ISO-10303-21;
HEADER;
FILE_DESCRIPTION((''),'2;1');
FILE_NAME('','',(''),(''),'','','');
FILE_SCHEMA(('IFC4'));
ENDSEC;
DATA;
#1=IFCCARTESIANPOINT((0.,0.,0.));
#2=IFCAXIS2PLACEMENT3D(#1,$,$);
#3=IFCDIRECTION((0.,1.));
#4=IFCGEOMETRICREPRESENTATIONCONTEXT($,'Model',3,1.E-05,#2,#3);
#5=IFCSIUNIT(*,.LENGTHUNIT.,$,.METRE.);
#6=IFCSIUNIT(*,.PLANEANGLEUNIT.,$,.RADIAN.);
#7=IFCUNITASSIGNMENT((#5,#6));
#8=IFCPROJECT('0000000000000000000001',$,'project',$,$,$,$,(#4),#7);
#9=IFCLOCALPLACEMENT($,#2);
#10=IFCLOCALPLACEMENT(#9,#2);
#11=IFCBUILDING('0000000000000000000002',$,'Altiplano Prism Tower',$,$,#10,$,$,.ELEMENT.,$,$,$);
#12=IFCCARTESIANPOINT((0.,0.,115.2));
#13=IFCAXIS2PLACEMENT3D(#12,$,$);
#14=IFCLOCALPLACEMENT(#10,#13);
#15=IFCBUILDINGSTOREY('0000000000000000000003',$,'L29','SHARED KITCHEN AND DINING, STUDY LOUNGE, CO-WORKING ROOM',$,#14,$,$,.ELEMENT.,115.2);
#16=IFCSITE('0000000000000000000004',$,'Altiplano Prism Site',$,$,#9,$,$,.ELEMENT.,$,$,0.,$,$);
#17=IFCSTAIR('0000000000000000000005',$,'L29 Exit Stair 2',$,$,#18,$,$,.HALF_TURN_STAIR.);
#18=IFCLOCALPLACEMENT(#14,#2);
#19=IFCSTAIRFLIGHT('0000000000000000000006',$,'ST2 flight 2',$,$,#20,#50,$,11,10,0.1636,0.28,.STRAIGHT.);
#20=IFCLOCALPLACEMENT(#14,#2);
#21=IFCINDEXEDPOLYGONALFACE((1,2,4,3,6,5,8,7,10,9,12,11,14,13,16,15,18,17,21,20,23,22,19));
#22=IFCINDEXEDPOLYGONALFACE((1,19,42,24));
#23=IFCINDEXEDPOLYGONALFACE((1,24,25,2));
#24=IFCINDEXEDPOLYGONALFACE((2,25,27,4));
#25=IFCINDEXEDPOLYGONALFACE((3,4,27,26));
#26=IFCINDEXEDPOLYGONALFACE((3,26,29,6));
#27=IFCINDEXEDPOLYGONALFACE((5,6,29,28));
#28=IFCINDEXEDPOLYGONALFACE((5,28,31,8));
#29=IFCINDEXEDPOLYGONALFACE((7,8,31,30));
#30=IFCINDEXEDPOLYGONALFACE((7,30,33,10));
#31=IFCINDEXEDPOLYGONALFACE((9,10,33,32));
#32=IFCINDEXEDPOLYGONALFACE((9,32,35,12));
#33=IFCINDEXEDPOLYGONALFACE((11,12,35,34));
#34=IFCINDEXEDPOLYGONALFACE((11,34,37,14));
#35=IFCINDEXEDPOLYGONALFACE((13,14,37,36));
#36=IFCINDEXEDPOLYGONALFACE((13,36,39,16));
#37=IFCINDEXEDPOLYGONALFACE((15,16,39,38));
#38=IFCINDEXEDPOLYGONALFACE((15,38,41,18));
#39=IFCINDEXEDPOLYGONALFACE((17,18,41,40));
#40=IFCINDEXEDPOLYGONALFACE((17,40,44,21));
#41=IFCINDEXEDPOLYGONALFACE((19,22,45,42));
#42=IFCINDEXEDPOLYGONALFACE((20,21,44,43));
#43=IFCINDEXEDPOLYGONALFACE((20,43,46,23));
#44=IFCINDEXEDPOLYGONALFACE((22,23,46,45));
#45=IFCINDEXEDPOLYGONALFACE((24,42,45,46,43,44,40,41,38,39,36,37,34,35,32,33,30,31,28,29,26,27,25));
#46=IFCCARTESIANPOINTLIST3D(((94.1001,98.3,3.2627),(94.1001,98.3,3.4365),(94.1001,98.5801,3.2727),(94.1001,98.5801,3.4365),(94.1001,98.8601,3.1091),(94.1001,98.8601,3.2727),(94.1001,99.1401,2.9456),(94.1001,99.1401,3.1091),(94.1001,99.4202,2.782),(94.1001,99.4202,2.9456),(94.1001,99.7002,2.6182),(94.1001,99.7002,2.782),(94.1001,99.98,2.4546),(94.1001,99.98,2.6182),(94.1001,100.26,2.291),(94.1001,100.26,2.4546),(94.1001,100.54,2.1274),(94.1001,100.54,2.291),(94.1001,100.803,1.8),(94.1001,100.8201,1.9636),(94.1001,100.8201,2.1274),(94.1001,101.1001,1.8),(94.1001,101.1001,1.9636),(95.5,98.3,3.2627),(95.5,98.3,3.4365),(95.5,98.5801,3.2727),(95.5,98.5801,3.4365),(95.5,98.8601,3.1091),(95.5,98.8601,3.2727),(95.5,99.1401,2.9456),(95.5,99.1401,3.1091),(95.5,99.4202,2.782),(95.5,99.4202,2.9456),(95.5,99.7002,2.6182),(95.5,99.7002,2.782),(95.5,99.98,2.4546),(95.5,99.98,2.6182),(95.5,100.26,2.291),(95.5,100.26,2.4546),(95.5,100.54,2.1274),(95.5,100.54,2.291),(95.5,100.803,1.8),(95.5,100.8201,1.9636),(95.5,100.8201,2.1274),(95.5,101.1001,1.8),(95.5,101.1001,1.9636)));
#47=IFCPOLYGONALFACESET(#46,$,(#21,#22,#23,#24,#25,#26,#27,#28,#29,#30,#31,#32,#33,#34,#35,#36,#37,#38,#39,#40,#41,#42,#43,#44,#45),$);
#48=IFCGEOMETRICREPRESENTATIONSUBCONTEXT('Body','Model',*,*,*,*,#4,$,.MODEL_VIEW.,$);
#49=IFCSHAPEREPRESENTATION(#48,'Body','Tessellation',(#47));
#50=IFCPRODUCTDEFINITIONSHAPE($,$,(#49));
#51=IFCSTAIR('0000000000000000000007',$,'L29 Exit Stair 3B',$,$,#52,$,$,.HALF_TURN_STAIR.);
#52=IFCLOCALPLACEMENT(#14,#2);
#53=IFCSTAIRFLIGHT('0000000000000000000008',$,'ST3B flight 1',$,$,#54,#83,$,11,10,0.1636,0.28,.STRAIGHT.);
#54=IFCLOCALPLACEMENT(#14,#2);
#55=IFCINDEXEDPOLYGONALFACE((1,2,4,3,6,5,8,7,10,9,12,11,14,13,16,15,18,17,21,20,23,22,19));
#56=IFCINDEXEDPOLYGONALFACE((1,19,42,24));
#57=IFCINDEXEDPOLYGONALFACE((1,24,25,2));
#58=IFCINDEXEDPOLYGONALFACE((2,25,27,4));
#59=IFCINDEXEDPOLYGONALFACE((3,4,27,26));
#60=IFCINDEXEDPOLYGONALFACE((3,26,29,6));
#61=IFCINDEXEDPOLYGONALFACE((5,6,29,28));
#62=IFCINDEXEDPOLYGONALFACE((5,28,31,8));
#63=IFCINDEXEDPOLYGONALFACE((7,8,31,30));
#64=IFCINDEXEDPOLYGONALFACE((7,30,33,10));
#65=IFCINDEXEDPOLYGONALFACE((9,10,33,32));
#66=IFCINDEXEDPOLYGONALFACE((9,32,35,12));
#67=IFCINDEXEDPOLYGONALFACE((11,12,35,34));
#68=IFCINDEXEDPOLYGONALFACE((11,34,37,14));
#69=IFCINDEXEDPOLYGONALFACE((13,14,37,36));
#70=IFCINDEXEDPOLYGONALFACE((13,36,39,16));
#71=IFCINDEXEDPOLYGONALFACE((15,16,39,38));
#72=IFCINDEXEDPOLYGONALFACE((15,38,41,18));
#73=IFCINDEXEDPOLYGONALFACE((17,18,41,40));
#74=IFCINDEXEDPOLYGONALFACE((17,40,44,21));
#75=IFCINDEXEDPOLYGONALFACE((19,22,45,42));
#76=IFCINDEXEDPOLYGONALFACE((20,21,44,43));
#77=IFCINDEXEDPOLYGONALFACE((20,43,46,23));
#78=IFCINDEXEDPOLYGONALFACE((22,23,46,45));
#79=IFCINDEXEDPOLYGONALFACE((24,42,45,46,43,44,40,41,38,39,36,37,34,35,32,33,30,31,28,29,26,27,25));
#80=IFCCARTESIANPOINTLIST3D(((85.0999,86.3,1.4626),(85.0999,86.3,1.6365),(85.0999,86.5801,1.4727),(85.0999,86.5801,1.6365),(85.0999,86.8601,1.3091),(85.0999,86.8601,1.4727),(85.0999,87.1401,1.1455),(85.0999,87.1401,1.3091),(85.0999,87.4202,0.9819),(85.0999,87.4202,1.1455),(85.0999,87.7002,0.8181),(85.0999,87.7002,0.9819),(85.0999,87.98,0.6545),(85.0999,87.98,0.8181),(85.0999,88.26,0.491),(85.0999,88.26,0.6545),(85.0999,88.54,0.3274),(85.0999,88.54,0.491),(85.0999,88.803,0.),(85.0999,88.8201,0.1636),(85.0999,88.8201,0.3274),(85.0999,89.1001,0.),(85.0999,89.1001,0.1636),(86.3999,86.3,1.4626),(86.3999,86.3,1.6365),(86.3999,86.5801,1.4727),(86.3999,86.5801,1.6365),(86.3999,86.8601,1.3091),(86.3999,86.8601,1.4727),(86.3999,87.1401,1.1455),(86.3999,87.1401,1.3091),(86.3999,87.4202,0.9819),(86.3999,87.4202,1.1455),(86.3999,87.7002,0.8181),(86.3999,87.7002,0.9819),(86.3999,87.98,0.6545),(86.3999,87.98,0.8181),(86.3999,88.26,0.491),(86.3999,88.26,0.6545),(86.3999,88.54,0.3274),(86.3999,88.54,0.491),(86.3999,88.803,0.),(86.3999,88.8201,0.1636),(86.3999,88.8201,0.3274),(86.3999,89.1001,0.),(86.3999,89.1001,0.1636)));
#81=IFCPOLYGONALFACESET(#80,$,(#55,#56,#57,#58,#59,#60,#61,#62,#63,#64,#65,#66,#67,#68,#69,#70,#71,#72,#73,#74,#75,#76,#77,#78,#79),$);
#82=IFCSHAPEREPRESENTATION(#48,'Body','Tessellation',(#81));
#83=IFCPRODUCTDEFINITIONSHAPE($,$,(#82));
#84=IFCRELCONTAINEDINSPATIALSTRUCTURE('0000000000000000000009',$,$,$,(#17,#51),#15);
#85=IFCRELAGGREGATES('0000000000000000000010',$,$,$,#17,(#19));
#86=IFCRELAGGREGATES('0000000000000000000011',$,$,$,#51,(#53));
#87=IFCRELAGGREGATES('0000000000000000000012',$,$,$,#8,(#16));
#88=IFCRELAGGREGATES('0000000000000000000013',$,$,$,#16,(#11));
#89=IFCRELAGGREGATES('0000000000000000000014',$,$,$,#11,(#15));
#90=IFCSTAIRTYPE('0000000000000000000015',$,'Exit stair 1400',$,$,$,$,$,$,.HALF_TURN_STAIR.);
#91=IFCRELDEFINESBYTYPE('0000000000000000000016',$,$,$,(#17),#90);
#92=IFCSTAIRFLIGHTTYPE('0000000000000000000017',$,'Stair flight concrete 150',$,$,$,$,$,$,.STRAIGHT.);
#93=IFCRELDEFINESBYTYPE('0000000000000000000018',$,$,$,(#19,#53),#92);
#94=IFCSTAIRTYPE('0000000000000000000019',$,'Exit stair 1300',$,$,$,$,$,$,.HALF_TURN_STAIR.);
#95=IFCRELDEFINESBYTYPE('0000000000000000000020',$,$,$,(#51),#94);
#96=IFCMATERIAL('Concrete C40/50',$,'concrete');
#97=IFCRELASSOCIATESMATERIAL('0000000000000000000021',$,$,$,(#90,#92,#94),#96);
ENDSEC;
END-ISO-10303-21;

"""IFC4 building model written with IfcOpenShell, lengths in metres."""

from ifc_helpers import new_model, si_unit, direction, frame, origin, place, context, subcontext, project, spatial, polyline, outline, extrude, material, type_object, element, aggregate, save


model = new_model("IFC4")

# Units and contexts
model_context = context("Model", 3, precision=1e-05, world=origin(), true_north=direction((0.0, 1.0)))
body_context = subcontext(model_context, "Body", "Model", "MODEL_VIEW")
ifc_project = project(units=[si_unit("LENGTHUNIT", "METRE"), si_unit("PLANEANGLEUNIT", "RADIAN")], contexts=[model_context])

# Site, building, storey
site_placement = place(None, origin())
site = spatial("IfcSite", under=ifc_project, at=site_placement, Name="Altiplano Prism Site", CompositionType="ELEMENT", RefElevation=0.0)
building_placement = place(site_placement, origin())
building = spatial("IfcBuilding", under=site, at=building_placement, Name="Altiplano Prism Tower", CompositionType="ELEMENT")
storey_placement = place(building_placement, frame((0.0, 0.0, 115.2)))
storey = spatial("IfcBuildingStorey", under=building, at=storey_placement, Name="L29", Description="SHARED KITCHEN AND DINING, STUDY LOUNGE, CO-WORKING ROOM", CompositionType="ELEMENT", Elevation=115.2)

# Stair, stair flight
ifc_material_1 = material(Name="Concrete C40/50", Category="concrete")
stair_type_1 = type_object("IfcStairType", Name="Exit stair 1400", PredefinedType="HALF_TURN_STAIR", material=ifc_material_1)
stair_1_placement = place(storey_placement, origin())
stair_1 = element("IfcStair", 1, at=stair_1_placement, inside=storey, type_object=stair_type_1, Name="L29 Exit Stair 2", PredefinedType="HALF_TURN_STAIR")
stair_flight_type = type_object("IfcStairFlightType", Name="Stair flight concrete 150", PredefinedType="STRAIGHT", material=ifc_material_1)
stair_flight_1_placement = place(storey_placement, frame((94.8, 101.1001, 1.8), z_axis=(0.0, 0.0, 1.0), x_axis=(0.0, -1.0, 0.0)))
stair_flight_1 = element("IfcStairFlight", 2, at=stair_flight_1_placement, type_object=stair_flight_type, Name="ST2 flight 2", NumberOfRisers=11, NumberOfTreads=10, PredefinedType="STRAIGHT", RiserHeight=0.1636, TreadLength=0.28, context=body_context, shape_type="SweptSolid", body=[
    extrude(outline(polyline([(0.0, 0.0), (0.0, 0.1636), (0.28, 0.1636), (0.28, 0.3274), (0.5601, 0.3274), (0.5601, 0.491), (0.8401, 0.491), (0.8401, 0.6545), (1.1201, 0.6545), (1.1201, 0.8181), (1.3999, 0.8181), (1.3999, 0.9819), (1.6799, 0.9819), (1.6799, 1.1455), (1.96, 1.1455), (1.96, 1.3091), (2.24, 1.3091), (2.24, 1.4727), (2.52, 1.4727), (2.52, 1.6365), (2.8, 1.6365), (2.8, 1.8), (2.8, 1.4626), (0.2971, 0.0), (0.0, 0.0)])), frame((0.0, 0.7, 0.0), z_axis=(0.0, -1.0, 0.0), x_axis=(1.0, 0.0, 0.0)), (0.0, 0.0, 1.0), 1.3999),
])
aggregate(stair_1, [stair_flight_1])

# Stair, stair flight
stair_type_2 = type_object("IfcStairType", Name="Exit stair 1300", PredefinedType="HALF_TURN_STAIR", material=ifc_material_1)
stair_2_placement = place(storey_placement, origin())
stair_2 = element("IfcStair", 3, at=stair_2_placement, inside=storey, type_object=stair_type_2, Name="L29 Exit Stair 3B", PredefinedType="HALF_TURN_STAIR")
stair_flight_2_placement = place(storey_placement, frame((85.75, 89.1001, 0.0), z_axis=(0.0, 0.0, 1.0), x_axis=(0.0, -1.0, 0.0)))
stair_flight_2 = element("IfcStairFlight", 4, at=stair_flight_2_placement, type_object=stair_flight_type, Name="ST3B flight 1", NumberOfRisers=11, NumberOfTreads=10, PredefinedType="STRAIGHT", RiserHeight=0.1636, TreadLength=0.28, context=body_context, shape_type="SweptSolid", body=[
    extrude(outline(polyline([(0.0, 0.0), (0.0, 0.1636), (0.28, 0.1636), (0.28, 0.3274), (0.5601, 0.3274), (0.5601, 0.491), (0.8401, 0.491), (0.8401, 0.6545), (1.1201, 0.6545), (1.1201, 0.8181), (1.3999, 0.8181), (1.3999, 0.9819), (1.6799, 0.9819), (1.6799, 1.1455), (1.96, 1.1455), (1.96, 1.3091), (2.24, 1.3091), (2.24, 1.4727), (2.52, 1.4727), (2.52, 1.6365), (2.8, 1.6365), (2.8, 1.8), (2.8, 1.4626), (0.2971, 0.0), (0.0, 0.0)])), frame((0.0, 0.6499, 0.0), z_axis=(0.0, -1.0, 0.0), x_axis=(1.0, 0.0, 0.0)), (0.0, 0.0, 1.0), 1.3),
])
aggregate(stair_2, [stair_flight_2])

save(model, "model.ifc")
